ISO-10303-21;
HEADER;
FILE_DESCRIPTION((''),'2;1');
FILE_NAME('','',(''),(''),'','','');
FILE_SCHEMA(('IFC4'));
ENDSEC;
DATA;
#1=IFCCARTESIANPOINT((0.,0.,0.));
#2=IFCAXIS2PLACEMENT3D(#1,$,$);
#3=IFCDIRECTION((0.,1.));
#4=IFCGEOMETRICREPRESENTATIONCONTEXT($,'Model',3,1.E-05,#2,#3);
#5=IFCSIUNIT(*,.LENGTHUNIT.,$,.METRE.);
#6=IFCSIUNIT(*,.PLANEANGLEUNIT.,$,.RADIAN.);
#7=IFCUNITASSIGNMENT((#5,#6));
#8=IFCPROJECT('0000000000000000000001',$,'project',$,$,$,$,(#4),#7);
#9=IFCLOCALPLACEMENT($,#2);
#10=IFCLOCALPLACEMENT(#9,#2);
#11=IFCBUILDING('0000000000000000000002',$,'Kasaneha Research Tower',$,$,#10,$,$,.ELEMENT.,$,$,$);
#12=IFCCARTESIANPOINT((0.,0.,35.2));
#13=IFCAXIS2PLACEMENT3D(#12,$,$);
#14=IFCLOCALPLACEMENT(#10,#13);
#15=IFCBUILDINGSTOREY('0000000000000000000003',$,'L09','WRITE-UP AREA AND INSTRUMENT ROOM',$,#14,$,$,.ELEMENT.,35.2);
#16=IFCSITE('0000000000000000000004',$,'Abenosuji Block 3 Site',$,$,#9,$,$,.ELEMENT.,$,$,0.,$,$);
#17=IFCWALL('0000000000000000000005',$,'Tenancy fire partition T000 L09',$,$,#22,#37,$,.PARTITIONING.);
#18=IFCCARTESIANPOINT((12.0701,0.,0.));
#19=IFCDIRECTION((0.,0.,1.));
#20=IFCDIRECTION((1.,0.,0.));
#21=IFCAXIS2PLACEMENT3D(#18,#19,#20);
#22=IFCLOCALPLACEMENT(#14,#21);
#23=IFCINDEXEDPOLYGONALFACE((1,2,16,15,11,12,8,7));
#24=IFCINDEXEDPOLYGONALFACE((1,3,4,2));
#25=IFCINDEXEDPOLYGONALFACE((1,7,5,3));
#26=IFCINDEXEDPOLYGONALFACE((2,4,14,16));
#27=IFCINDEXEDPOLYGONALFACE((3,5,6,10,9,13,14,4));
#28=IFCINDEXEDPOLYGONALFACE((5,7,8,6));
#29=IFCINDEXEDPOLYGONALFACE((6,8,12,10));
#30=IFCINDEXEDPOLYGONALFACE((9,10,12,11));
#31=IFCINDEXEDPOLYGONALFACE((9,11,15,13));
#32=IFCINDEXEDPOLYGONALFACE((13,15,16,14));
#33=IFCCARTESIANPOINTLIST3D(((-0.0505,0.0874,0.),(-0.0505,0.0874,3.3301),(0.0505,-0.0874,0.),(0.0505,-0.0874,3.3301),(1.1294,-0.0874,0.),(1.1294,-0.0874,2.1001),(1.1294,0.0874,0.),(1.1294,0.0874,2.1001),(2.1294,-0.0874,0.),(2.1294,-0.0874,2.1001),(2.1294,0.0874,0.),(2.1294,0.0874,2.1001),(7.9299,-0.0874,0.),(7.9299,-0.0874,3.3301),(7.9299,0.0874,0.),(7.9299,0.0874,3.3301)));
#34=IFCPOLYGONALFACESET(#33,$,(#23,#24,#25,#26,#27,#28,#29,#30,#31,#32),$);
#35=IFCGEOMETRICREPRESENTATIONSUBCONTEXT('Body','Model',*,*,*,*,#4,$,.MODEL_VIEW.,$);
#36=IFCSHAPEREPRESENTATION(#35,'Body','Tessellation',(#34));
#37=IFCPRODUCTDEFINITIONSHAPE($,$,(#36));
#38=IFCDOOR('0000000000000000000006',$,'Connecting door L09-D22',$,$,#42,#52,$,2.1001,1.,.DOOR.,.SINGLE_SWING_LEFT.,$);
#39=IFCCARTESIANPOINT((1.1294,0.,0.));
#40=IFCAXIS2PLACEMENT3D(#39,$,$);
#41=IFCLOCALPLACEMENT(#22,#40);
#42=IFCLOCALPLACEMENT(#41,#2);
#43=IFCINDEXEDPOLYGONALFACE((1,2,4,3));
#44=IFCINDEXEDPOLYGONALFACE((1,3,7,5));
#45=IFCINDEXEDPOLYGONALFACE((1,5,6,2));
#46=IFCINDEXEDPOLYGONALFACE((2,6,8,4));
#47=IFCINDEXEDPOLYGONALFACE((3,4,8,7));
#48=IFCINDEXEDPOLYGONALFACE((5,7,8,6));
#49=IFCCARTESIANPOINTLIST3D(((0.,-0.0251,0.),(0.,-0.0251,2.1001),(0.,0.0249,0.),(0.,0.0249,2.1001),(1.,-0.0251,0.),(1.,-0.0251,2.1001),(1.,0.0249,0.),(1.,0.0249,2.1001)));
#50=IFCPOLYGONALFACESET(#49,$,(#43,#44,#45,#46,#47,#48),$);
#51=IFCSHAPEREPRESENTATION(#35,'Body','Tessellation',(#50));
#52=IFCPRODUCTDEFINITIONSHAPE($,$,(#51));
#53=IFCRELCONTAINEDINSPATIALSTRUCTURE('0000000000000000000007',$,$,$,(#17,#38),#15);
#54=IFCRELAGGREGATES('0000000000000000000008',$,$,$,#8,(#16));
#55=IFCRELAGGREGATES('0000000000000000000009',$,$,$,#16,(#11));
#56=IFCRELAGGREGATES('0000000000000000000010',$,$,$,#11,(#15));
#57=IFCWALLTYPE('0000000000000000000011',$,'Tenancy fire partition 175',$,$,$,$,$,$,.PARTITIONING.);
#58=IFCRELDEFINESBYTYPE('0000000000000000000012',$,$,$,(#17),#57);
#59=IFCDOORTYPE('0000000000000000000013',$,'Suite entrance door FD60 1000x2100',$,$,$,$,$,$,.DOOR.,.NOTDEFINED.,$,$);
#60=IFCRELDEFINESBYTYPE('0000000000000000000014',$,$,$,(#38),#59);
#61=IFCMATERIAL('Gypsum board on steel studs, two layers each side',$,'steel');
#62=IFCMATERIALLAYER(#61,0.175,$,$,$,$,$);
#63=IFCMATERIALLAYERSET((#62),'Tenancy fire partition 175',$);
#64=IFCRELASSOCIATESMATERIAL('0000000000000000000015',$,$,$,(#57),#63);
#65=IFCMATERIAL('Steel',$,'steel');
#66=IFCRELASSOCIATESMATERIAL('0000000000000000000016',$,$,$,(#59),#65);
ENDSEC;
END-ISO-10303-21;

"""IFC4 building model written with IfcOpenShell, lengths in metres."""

from ifc_helpers import new_model, si_unit, direction, frame, frame_2d, origin, place, context, subcontext, project, spatial, polyline, rectangle, outline, extrude, material, layer, layer_set, type_object, element, fill, save


model = new_model("IFC4")

# Units and contexts
model_context = context("Model", 3, precision=1e-05, world=origin(), true_north=direction((0.0, 1.0)))
body_context = subcontext(model_context, "Body", "Model", "MODEL_VIEW")
ifc_project = project(units=[si_unit("LENGTHUNIT", "METRE"), si_unit("PLANEANGLEUNIT", "RADIAN")], contexts=[model_context])

# Site, building, storey
site_placement = place(None, origin())
site = spatial("IfcSite", under=ifc_project, at=site_placement, Name="Abenosuji Block 3 Site", CompositionType="ELEMENT", RefElevation=0.0)
building_placement = place(site_placement, origin())
building = spatial("IfcBuilding", under=site, at=building_placement, Name="Kasaneha Research Tower", CompositionType="ELEMENT")
storey_placement = place(building_placement, frame((0.0, 0.0, 35.2)))
storey = spatial("IfcBuildingStorey", under=building, at=storey_placement, Name="L09", Description="WRITE-UP AREA AND INSTRUMENT ROOM", CompositionType="ELEMENT", Elevation=35.2)

# Wall, opening, door
ifc_material_1 = material(Name="Gypsum board on steel studs, two layers each side", Category="steel")
ifc_layer_1 = layer(ifc_material_1, 0.175)
ifc_layer_set_1 = layer_set([ifc_layer_1], Name="Tenancy fire partition 175")
wall_type_1 = type_object("IfcWallType", Name="Tenancy fire partition 175", PredefinedType="PARTITIONING", material=ifc_layer_set_1)
wall_1_placement = place(storey_placement, frame((12.0701, 0.0, 0.0), z_axis=(0.0, 0.0, 1.0), x_axis=(1.0, 0.0, 0.0)))
wall_1 = element("IfcWall", 1, at=wall_1_placement, inside=storey, type_object=wall_type_1, Name="Tenancy fire partition T000 L09", PredefinedType="PARTITIONING", context=body_context, shape_type="SweptSolid", body=[
    extrude(outline(polyline([(0.0505, -0.0874), (1.1294, -0.0874), (2.1294, -0.0874), (7.9299, -0.0874), (7.9299, 0.0874), (2.1294, 0.0874), (1.1294, 0.0874), (-0.0505, 0.0874), (0.0505, -0.0874)])), origin(), (0.0, 0.0, 1.0), 3.3301),
])
opening_1_placement = place(wall_1_placement, frame((1.1294, 0.0, 0.0)))
opening_1 = element("IfcOpeningElement", 2, at=opening_1_placement, cuts=wall_1, PredefinedType="OPENING", context=body_context, shape_type="SweptSolid", body=[
    extrude(rectangle(XDim=1.0, YDim=2.1001, at=frame_2d((0.5, 1.05))), frame((0.0, 0.0977, 0.0), z_axis=(0.0, -1.0, 0.0), x_axis=(1.0, 0.0, 0.0)), (0.0, 0.0, 1.0), 0.1951),
])
ifc_material_2 = material(Name="Steel", Category="steel")
door_type_1 = type_object("IfcDoorType", Name="Suite entrance door FD60 1000x2100", OperationType="NOTDEFINED", PredefinedType="DOOR", material=ifc_material_2)
door_1_placement = place(opening_1_placement, origin())
door_1 = element("IfcDoor", 3, at=door_1_placement, inside=storey, type_object=door_type_1, Name="Connecting door L09-D22", OperationType="SINGLE_SWING_LEFT", OverallHeight=2.1001, OverallWidth=1.0, PredefinedType="DOOR", context=body_context, shape_type="SweptSolid", body=[
    extrude(rectangle(XDim=1.0, YDim=2.1001, at=frame_2d((0.5, 1.05))), frame((0.0, 0.0249, 0.0), z_axis=(0.0, -1.0, 0.0), x_axis=(1.0, 0.0, 0.0)), (0.0, 0.0, 1.0), 0.05),
])
fill(opening_1, door_1)

save(model, "model.ifc")
